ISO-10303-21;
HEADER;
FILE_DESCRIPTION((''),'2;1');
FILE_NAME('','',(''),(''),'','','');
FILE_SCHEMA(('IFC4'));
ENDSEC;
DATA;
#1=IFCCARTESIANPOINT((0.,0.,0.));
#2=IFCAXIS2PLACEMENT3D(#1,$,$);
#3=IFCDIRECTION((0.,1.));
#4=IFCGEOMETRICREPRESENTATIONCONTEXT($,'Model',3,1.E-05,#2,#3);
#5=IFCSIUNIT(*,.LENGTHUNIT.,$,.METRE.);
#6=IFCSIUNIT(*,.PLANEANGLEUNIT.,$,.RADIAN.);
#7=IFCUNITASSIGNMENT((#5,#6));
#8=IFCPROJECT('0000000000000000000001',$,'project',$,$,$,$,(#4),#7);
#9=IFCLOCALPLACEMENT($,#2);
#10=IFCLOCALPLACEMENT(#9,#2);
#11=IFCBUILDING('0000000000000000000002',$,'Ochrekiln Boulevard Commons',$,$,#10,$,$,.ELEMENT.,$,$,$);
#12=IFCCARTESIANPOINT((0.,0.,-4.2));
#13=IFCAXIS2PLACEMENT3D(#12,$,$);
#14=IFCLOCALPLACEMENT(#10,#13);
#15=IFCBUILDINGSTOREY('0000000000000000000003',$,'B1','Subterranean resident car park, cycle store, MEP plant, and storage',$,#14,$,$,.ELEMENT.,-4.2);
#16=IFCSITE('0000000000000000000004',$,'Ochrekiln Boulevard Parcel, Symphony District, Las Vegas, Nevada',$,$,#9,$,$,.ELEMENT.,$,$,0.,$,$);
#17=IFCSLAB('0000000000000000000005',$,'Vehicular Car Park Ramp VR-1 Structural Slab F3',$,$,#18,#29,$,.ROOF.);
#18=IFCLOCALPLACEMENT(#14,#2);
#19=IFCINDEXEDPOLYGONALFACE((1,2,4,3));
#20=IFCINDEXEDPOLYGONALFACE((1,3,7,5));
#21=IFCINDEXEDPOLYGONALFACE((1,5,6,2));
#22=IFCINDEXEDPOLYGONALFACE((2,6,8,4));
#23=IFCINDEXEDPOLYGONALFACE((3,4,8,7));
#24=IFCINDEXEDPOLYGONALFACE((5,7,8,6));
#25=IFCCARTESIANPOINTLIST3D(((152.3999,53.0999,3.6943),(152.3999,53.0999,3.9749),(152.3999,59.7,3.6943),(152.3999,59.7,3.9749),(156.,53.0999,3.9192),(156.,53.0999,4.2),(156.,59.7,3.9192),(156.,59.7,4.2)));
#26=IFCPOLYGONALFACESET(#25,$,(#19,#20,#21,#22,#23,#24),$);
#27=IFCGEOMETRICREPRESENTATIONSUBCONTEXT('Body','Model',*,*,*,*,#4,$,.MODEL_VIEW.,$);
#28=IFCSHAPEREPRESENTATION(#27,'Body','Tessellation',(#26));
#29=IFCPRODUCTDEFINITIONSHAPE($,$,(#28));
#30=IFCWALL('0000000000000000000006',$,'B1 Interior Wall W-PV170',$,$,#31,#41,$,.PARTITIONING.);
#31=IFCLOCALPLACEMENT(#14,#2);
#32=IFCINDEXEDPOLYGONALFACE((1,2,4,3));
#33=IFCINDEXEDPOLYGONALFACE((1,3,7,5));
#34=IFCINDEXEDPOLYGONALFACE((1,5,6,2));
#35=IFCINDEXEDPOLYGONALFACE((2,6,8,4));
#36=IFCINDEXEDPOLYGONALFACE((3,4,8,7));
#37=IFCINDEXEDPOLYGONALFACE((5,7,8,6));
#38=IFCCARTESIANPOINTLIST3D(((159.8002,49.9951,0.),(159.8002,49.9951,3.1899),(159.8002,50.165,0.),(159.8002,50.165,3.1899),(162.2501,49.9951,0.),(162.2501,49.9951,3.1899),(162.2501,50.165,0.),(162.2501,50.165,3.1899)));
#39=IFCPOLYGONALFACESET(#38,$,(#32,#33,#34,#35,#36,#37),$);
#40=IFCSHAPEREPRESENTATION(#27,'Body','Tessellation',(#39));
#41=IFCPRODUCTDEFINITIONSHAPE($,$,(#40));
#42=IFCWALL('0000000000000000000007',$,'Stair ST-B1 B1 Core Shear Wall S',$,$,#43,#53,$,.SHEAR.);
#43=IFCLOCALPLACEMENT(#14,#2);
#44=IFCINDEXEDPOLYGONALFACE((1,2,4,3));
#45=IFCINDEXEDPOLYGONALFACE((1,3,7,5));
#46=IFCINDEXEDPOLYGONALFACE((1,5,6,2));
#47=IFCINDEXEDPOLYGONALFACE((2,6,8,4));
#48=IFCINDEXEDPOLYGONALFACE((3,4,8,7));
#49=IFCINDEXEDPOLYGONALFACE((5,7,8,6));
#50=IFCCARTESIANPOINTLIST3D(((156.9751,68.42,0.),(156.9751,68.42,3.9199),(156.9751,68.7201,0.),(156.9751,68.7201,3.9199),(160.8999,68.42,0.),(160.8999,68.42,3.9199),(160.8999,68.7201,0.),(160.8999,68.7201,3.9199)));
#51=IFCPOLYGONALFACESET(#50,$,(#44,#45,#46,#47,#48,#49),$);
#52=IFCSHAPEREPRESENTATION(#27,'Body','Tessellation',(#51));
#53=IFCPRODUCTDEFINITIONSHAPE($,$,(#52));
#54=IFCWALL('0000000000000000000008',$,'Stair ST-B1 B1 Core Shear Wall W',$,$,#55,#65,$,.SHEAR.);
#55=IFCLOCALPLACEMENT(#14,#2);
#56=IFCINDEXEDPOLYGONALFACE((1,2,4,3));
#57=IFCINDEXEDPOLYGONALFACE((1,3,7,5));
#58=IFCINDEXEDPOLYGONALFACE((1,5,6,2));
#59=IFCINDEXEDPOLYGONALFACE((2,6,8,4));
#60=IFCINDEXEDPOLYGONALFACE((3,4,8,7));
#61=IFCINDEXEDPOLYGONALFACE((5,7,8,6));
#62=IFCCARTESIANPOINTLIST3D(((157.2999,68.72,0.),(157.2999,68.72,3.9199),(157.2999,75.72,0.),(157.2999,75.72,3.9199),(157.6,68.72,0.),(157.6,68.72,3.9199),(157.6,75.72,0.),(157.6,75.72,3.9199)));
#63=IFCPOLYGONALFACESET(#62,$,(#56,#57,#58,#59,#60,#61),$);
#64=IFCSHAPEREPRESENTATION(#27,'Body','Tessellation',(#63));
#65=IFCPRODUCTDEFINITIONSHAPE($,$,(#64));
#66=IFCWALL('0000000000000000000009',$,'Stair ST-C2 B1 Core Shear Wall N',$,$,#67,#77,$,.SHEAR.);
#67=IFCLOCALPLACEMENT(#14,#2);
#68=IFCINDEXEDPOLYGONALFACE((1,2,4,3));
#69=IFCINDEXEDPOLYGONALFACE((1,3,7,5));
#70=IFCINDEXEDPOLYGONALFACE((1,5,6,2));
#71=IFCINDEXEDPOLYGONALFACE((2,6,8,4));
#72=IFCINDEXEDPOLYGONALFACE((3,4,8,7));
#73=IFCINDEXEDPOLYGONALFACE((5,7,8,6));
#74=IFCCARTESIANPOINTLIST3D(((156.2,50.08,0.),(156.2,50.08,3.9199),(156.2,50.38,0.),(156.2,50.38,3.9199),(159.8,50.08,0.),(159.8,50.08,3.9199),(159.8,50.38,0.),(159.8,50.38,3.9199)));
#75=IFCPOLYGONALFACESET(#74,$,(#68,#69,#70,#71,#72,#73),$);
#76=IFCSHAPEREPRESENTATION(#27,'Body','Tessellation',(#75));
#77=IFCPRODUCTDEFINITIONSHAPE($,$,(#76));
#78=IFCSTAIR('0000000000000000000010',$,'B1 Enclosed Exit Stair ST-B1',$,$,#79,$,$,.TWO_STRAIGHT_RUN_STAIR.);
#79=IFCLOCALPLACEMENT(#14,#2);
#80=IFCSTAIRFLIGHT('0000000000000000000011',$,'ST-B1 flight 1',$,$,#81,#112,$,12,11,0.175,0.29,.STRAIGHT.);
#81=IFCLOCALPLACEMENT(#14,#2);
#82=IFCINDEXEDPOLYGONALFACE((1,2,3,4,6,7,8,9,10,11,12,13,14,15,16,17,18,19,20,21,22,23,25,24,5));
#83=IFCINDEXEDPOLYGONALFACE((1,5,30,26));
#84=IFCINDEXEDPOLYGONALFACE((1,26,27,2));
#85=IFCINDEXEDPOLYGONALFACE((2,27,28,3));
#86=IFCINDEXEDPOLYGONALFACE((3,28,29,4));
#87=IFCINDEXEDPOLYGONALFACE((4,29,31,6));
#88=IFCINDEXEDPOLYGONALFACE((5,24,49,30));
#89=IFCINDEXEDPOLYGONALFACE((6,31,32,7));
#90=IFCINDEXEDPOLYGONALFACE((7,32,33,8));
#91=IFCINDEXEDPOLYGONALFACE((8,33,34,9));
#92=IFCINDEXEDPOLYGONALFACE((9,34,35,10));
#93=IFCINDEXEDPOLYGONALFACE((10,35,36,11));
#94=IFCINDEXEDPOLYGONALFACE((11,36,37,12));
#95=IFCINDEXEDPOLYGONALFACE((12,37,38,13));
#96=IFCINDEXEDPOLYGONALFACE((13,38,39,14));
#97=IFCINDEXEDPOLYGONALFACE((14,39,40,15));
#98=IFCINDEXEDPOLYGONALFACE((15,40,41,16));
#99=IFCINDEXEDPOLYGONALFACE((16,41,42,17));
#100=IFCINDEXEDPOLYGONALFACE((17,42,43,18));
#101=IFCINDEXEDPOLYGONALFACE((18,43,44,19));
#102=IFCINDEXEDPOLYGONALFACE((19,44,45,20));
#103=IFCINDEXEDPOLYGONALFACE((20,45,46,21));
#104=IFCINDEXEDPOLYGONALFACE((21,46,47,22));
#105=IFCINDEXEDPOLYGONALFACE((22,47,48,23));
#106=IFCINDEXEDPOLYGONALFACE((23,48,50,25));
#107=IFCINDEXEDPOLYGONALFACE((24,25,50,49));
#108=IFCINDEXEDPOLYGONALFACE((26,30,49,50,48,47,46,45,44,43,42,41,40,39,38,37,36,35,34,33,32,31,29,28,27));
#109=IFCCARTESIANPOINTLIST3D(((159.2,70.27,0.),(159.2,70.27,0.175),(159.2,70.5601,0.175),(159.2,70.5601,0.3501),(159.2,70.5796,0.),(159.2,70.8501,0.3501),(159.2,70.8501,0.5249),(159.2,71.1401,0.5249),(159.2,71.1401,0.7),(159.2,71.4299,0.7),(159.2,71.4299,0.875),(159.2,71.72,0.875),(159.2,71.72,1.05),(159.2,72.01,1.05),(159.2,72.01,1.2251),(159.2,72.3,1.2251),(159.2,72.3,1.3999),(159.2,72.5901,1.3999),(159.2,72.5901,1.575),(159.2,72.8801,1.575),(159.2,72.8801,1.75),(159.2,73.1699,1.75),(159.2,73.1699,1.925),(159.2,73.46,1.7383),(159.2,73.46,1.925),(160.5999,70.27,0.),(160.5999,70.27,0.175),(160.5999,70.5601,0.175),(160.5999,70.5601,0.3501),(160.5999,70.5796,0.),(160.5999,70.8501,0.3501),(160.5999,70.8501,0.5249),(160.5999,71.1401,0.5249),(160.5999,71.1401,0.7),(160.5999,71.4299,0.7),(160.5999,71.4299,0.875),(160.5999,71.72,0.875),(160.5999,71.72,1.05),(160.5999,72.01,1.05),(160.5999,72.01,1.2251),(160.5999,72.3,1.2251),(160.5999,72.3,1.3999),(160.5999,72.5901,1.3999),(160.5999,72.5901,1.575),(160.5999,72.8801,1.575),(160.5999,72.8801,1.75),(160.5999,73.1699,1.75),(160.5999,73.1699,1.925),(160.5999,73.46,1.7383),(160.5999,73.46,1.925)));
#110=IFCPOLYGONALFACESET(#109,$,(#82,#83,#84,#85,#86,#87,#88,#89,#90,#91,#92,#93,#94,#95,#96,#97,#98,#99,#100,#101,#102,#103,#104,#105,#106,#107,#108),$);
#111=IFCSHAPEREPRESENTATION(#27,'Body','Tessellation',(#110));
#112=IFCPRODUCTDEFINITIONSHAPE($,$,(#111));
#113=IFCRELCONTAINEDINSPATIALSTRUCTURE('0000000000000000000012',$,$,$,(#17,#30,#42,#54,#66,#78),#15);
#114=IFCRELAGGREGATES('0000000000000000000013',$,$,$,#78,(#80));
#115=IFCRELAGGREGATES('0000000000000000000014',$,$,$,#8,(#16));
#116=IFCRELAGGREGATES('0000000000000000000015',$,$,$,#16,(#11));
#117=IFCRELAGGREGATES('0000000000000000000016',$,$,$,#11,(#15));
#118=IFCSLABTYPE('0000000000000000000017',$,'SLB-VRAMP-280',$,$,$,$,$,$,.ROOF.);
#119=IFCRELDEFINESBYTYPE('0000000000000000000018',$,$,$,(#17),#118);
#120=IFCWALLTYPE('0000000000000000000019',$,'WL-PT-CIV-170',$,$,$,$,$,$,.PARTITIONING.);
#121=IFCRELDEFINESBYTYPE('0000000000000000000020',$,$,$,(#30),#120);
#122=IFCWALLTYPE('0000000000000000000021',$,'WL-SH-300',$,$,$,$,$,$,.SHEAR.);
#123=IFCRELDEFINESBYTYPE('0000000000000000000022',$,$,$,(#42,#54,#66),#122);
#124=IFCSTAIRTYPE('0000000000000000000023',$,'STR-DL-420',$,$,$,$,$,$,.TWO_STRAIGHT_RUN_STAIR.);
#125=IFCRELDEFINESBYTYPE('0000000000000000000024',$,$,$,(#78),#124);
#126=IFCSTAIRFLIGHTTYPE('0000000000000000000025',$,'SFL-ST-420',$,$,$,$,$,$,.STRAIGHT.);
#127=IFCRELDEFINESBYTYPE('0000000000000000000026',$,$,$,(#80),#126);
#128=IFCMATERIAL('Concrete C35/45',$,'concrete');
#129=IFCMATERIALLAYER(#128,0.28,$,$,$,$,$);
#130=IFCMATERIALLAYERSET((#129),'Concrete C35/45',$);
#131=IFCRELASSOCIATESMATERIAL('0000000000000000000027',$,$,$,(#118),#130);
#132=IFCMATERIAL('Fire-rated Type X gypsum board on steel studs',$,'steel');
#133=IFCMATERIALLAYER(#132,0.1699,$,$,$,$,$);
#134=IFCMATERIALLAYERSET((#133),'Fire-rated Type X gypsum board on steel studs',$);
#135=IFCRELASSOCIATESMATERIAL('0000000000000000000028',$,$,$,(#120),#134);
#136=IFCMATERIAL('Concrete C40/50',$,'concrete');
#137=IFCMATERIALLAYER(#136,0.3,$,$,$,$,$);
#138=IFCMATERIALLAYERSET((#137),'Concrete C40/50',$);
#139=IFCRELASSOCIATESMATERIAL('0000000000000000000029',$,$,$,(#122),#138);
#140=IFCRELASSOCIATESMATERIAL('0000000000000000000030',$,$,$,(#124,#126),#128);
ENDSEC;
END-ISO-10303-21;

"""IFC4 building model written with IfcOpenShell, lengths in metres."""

from ifc_helpers import new_model, si_unit, direction, frame, frame_2d, origin, place, context, subcontext, project, spatial, polyline, rectangle, outline, extrude, material, layer, layer_set, type_object, element, aggregate, save


model = new_model("IFC4")

# Units and contexts
model_context = context("Model", 3, precision=1e-05, world=origin(), true_north=direction((0.0, 1.0)))
body_context = subcontext(model_context, "Body", "Model", "MODEL_VIEW")
ifc_project = project(units=[si_unit("LENGTHUNIT", "METRE"), si_unit("PLANEANGLEUNIT", "RADIAN")], contexts=[model_context])

# Site, building, storey
site_placement = place(None, origin())
site = spatial("IfcSite", under=ifc_project, at=site_placement, Name="Ochrekiln Boulevard Parcel, Symphony District, Las Vegas, Nevada", CompositionType="ELEMENT", RefElevation=0.0)
building_placement = place(site_placement, origin())
building = spatial("IfcBuilding", under=site, at=building_placement, Name="Ochrekiln Boulevard Commons", CompositionType="ELEMENT")
storey_placement = place(building_placement, frame((0.0, 0.0, -4.2)))
storey = spatial("IfcBuildingStorey", under=building, at=storey_placement, Name="B1", Description="Subterranean resident car park, cycle store, MEP plant, and storage", CompositionType="ELEMENT", Elevation=-4.2)

# Shared definitions
ifc_material_1 = material(Name="Concrete C35/45", Category="concrete")

# Shared definitions
ifc_material_2 = material(Name="Concrete C40/50", Category="concrete")

# Slab
ifc_layer_1 = layer(ifc_material_1, 0.28)
ifc_layer_set_1 = layer_set([ifc_layer_1], Name="Concrete C35/45")
slab_type = type_object("IfcSlabType", Name="SLB-VRAMP-280", PredefinedType="ROOF", material=ifc_layer_set_1)
slab_placement = place(storey_placement, frame((152.3999, 59.7, 3.9749), z_axis=(0.0, -1.0, 0.0), x_axis=(1.0, 0.0, 0.0)))
element("IfcSlab", 1, at=slab_placement, inside=storey, type_object=slab_type, Name="Vehicular Car Park Ramp VR-1 Structural Slab F3", PredefinedType="ROOF", context=body_context, shape_type="SweptSolid", body=[
    extrude(outline(polyline([(0.0, 0.0), (3.6001, 0.2251), (3.6001, -0.0557), (0.0, -0.2805), (0.0, 0.0)])), origin(), (0.0, 0.0, 1.0), 6.6001),
])

# Walls
ifc_material_3 = material(Name="Fire-rated Type X gypsum board on steel studs", Category="steel")
ifc_layer_2 = layer(ifc_material_3, 0.1699)
ifc_layer_set_2 = layer_set([ifc_layer_2], Name="Fire-rated Type X gypsum board on steel studs")
wall_type_1 = type_object("IfcWallType", Name="WL-PT-CIV-170", PredefinedType="PARTITIONING", material=ifc_layer_set_2)
wall_1_placement = place(storey_placement, frame((159.8, 50.0801, 0.0), z_axis=(0.0, 0.0, 1.0), x_axis=(1.0, 0.0, 0.0)))
element("IfcWall", 2, at=wall_1_placement, inside=storey, type_object=wall_type_1, Name="B1 Interior Wall W-PV170", PredefinedType="PARTITIONING", context=body_context, shape_type="SweptSolid", body=[
    extrude(rectangle(XDim=2.45, YDim=0.1699, at=frame_2d((1.2251, 0.0))), origin(), (0.0, 0.0, 1.0), 3.1899),
])
ifc_layer_3 = layer(ifc_material_2, 0.3)
ifc_layer_set_3 = layer_set([ifc_layer_3], Name="Concrete C40/50")
wall_type_2 = type_object("IfcWallType", Name="WL-SH-300", PredefinedType="SHEAR", material=ifc_layer_set_3)
wall_2_placement = place(storey_placement, frame((156.9751, 68.5701, 0.0), z_axis=(0.0, 0.0, 1.0), x_axis=(1.0, 0.0, 0.0)))
element("IfcWall", 3, at=wall_2_placement, inside=storey, type_object=wall_type_2, Name="Stair ST-B1 B1 Core Shear Wall S", PredefinedType="SHEAR", context=body_context, shape_type="SweptSolid", body=[
    extrude(rectangle(XDim=3.9248, YDim=0.3, at=frame_2d((1.9624, 0.0))), origin(), (0.0, 0.0, 1.0), 3.9199),
])
wall_3_placement = place(storey_placement, frame((157.45, 68.72, 0.0), z_axis=(0.0, 0.0, 1.0), x_axis=(0.0, 1.0, 0.0)))
element("IfcWall", 4, at=wall_3_placement, inside=storey, type_object=wall_type_2, Name="Stair ST-B1 B1 Core Shear Wall W", PredefinedType="SHEAR", context=body_context, shape_type="SweptSolid", body=[
    extrude(rectangle(XDim=7.0, YDim=0.3, at=frame_2d((3.5, 0.0))), origin(), (0.0, 0.0, 1.0), 3.9199),
])
wall_4_placement = place(storey_placement, frame((156.2, 50.23, 0.0), z_axis=(0.0, 0.0, 1.0), x_axis=(1.0, 0.0, 0.0)))
element("IfcWall", 5, at=wall_4_placement, inside=storey, type_object=wall_type_2, Name="Stair ST-C2 B1 Core Shear Wall N", PredefinedType="SHEAR", context=body_context, shape_type="SweptSolid", body=[
    extrude(rectangle(XDim=3.6001, YDim=0.3, at=frame_2d((1.8, 0.0))), origin(), (0.0, 0.0, 1.0), 3.9199),
])

# Stair, stair flight
stair_type = type_object("IfcStairType", Name="STR-DL-420", PredefinedType="TWO_STRAIGHT_RUN_STAIR", material=ifc_material_1)
stair_placement = place(storey_placement, origin())
stair = element("IfcStair", 6, at=stair_placement, inside=storey, type_object=stair_type, Name="B1 Enclosed Exit Stair ST-B1", PredefinedType="TWO_STRAIGHT_RUN_STAIR")
stair_flight_type = type_object("IfcStairFlightType", Name="SFL-ST-420", PredefinedType="STRAIGHT", material=ifc_material_1)
stair_flight_placement = place(storey_placement, frame((159.8999, 70.27, 0.0), z_axis=(0.0, 0.0, 1.0), x_axis=(0.0, 1.0, 0.0)))
stair_flight = element("IfcStairFlight", 7, at=stair_flight_placement, type_object=stair_flight_type, Name="ST-B1 flight 1", NumberOfRisers=12, NumberOfTreads=11, PredefinedType="STRAIGHT", RiserHeight=0.175, TreadLength=0.29, context=body_context, shape_type="SweptSolid", body=[
    extrude(outline(polyline([(0.0, 0.0), (0.0, 0.175), (0.29, 0.175), (0.29, 0.3501), (0.5801, 0.3501), (0.5801, 0.5249), (0.8701, 0.5249), (0.8701, 0.7), (1.1599, 0.7), (1.1599, 0.875), (1.45, 0.875), (1.45, 1.05), (1.74, 1.05), (1.74, 1.2251), (2.03, 1.2251), (2.03, 1.3999), (2.3201, 1.3999), (2.3201, 1.575), (2.6101, 1.575), (2.6101, 1.75), (2.8999, 1.75), (2.8999, 1.925), (3.1899, 1.925), (3.1899, 2.1001), (3.1899, 1.7383), (0.3096, 0.0), (0.0, 0.0)])), frame((0.0, 0.7, 0.0), z_axis=(0.0, -1.0, 0.0), x_axis=(1.0, 0.0, 0.0)), (0.0, 0.0, 1.0), 1.3999),
])
aggregate(stair, [stair_flight])

save(model, "model.ifc")
